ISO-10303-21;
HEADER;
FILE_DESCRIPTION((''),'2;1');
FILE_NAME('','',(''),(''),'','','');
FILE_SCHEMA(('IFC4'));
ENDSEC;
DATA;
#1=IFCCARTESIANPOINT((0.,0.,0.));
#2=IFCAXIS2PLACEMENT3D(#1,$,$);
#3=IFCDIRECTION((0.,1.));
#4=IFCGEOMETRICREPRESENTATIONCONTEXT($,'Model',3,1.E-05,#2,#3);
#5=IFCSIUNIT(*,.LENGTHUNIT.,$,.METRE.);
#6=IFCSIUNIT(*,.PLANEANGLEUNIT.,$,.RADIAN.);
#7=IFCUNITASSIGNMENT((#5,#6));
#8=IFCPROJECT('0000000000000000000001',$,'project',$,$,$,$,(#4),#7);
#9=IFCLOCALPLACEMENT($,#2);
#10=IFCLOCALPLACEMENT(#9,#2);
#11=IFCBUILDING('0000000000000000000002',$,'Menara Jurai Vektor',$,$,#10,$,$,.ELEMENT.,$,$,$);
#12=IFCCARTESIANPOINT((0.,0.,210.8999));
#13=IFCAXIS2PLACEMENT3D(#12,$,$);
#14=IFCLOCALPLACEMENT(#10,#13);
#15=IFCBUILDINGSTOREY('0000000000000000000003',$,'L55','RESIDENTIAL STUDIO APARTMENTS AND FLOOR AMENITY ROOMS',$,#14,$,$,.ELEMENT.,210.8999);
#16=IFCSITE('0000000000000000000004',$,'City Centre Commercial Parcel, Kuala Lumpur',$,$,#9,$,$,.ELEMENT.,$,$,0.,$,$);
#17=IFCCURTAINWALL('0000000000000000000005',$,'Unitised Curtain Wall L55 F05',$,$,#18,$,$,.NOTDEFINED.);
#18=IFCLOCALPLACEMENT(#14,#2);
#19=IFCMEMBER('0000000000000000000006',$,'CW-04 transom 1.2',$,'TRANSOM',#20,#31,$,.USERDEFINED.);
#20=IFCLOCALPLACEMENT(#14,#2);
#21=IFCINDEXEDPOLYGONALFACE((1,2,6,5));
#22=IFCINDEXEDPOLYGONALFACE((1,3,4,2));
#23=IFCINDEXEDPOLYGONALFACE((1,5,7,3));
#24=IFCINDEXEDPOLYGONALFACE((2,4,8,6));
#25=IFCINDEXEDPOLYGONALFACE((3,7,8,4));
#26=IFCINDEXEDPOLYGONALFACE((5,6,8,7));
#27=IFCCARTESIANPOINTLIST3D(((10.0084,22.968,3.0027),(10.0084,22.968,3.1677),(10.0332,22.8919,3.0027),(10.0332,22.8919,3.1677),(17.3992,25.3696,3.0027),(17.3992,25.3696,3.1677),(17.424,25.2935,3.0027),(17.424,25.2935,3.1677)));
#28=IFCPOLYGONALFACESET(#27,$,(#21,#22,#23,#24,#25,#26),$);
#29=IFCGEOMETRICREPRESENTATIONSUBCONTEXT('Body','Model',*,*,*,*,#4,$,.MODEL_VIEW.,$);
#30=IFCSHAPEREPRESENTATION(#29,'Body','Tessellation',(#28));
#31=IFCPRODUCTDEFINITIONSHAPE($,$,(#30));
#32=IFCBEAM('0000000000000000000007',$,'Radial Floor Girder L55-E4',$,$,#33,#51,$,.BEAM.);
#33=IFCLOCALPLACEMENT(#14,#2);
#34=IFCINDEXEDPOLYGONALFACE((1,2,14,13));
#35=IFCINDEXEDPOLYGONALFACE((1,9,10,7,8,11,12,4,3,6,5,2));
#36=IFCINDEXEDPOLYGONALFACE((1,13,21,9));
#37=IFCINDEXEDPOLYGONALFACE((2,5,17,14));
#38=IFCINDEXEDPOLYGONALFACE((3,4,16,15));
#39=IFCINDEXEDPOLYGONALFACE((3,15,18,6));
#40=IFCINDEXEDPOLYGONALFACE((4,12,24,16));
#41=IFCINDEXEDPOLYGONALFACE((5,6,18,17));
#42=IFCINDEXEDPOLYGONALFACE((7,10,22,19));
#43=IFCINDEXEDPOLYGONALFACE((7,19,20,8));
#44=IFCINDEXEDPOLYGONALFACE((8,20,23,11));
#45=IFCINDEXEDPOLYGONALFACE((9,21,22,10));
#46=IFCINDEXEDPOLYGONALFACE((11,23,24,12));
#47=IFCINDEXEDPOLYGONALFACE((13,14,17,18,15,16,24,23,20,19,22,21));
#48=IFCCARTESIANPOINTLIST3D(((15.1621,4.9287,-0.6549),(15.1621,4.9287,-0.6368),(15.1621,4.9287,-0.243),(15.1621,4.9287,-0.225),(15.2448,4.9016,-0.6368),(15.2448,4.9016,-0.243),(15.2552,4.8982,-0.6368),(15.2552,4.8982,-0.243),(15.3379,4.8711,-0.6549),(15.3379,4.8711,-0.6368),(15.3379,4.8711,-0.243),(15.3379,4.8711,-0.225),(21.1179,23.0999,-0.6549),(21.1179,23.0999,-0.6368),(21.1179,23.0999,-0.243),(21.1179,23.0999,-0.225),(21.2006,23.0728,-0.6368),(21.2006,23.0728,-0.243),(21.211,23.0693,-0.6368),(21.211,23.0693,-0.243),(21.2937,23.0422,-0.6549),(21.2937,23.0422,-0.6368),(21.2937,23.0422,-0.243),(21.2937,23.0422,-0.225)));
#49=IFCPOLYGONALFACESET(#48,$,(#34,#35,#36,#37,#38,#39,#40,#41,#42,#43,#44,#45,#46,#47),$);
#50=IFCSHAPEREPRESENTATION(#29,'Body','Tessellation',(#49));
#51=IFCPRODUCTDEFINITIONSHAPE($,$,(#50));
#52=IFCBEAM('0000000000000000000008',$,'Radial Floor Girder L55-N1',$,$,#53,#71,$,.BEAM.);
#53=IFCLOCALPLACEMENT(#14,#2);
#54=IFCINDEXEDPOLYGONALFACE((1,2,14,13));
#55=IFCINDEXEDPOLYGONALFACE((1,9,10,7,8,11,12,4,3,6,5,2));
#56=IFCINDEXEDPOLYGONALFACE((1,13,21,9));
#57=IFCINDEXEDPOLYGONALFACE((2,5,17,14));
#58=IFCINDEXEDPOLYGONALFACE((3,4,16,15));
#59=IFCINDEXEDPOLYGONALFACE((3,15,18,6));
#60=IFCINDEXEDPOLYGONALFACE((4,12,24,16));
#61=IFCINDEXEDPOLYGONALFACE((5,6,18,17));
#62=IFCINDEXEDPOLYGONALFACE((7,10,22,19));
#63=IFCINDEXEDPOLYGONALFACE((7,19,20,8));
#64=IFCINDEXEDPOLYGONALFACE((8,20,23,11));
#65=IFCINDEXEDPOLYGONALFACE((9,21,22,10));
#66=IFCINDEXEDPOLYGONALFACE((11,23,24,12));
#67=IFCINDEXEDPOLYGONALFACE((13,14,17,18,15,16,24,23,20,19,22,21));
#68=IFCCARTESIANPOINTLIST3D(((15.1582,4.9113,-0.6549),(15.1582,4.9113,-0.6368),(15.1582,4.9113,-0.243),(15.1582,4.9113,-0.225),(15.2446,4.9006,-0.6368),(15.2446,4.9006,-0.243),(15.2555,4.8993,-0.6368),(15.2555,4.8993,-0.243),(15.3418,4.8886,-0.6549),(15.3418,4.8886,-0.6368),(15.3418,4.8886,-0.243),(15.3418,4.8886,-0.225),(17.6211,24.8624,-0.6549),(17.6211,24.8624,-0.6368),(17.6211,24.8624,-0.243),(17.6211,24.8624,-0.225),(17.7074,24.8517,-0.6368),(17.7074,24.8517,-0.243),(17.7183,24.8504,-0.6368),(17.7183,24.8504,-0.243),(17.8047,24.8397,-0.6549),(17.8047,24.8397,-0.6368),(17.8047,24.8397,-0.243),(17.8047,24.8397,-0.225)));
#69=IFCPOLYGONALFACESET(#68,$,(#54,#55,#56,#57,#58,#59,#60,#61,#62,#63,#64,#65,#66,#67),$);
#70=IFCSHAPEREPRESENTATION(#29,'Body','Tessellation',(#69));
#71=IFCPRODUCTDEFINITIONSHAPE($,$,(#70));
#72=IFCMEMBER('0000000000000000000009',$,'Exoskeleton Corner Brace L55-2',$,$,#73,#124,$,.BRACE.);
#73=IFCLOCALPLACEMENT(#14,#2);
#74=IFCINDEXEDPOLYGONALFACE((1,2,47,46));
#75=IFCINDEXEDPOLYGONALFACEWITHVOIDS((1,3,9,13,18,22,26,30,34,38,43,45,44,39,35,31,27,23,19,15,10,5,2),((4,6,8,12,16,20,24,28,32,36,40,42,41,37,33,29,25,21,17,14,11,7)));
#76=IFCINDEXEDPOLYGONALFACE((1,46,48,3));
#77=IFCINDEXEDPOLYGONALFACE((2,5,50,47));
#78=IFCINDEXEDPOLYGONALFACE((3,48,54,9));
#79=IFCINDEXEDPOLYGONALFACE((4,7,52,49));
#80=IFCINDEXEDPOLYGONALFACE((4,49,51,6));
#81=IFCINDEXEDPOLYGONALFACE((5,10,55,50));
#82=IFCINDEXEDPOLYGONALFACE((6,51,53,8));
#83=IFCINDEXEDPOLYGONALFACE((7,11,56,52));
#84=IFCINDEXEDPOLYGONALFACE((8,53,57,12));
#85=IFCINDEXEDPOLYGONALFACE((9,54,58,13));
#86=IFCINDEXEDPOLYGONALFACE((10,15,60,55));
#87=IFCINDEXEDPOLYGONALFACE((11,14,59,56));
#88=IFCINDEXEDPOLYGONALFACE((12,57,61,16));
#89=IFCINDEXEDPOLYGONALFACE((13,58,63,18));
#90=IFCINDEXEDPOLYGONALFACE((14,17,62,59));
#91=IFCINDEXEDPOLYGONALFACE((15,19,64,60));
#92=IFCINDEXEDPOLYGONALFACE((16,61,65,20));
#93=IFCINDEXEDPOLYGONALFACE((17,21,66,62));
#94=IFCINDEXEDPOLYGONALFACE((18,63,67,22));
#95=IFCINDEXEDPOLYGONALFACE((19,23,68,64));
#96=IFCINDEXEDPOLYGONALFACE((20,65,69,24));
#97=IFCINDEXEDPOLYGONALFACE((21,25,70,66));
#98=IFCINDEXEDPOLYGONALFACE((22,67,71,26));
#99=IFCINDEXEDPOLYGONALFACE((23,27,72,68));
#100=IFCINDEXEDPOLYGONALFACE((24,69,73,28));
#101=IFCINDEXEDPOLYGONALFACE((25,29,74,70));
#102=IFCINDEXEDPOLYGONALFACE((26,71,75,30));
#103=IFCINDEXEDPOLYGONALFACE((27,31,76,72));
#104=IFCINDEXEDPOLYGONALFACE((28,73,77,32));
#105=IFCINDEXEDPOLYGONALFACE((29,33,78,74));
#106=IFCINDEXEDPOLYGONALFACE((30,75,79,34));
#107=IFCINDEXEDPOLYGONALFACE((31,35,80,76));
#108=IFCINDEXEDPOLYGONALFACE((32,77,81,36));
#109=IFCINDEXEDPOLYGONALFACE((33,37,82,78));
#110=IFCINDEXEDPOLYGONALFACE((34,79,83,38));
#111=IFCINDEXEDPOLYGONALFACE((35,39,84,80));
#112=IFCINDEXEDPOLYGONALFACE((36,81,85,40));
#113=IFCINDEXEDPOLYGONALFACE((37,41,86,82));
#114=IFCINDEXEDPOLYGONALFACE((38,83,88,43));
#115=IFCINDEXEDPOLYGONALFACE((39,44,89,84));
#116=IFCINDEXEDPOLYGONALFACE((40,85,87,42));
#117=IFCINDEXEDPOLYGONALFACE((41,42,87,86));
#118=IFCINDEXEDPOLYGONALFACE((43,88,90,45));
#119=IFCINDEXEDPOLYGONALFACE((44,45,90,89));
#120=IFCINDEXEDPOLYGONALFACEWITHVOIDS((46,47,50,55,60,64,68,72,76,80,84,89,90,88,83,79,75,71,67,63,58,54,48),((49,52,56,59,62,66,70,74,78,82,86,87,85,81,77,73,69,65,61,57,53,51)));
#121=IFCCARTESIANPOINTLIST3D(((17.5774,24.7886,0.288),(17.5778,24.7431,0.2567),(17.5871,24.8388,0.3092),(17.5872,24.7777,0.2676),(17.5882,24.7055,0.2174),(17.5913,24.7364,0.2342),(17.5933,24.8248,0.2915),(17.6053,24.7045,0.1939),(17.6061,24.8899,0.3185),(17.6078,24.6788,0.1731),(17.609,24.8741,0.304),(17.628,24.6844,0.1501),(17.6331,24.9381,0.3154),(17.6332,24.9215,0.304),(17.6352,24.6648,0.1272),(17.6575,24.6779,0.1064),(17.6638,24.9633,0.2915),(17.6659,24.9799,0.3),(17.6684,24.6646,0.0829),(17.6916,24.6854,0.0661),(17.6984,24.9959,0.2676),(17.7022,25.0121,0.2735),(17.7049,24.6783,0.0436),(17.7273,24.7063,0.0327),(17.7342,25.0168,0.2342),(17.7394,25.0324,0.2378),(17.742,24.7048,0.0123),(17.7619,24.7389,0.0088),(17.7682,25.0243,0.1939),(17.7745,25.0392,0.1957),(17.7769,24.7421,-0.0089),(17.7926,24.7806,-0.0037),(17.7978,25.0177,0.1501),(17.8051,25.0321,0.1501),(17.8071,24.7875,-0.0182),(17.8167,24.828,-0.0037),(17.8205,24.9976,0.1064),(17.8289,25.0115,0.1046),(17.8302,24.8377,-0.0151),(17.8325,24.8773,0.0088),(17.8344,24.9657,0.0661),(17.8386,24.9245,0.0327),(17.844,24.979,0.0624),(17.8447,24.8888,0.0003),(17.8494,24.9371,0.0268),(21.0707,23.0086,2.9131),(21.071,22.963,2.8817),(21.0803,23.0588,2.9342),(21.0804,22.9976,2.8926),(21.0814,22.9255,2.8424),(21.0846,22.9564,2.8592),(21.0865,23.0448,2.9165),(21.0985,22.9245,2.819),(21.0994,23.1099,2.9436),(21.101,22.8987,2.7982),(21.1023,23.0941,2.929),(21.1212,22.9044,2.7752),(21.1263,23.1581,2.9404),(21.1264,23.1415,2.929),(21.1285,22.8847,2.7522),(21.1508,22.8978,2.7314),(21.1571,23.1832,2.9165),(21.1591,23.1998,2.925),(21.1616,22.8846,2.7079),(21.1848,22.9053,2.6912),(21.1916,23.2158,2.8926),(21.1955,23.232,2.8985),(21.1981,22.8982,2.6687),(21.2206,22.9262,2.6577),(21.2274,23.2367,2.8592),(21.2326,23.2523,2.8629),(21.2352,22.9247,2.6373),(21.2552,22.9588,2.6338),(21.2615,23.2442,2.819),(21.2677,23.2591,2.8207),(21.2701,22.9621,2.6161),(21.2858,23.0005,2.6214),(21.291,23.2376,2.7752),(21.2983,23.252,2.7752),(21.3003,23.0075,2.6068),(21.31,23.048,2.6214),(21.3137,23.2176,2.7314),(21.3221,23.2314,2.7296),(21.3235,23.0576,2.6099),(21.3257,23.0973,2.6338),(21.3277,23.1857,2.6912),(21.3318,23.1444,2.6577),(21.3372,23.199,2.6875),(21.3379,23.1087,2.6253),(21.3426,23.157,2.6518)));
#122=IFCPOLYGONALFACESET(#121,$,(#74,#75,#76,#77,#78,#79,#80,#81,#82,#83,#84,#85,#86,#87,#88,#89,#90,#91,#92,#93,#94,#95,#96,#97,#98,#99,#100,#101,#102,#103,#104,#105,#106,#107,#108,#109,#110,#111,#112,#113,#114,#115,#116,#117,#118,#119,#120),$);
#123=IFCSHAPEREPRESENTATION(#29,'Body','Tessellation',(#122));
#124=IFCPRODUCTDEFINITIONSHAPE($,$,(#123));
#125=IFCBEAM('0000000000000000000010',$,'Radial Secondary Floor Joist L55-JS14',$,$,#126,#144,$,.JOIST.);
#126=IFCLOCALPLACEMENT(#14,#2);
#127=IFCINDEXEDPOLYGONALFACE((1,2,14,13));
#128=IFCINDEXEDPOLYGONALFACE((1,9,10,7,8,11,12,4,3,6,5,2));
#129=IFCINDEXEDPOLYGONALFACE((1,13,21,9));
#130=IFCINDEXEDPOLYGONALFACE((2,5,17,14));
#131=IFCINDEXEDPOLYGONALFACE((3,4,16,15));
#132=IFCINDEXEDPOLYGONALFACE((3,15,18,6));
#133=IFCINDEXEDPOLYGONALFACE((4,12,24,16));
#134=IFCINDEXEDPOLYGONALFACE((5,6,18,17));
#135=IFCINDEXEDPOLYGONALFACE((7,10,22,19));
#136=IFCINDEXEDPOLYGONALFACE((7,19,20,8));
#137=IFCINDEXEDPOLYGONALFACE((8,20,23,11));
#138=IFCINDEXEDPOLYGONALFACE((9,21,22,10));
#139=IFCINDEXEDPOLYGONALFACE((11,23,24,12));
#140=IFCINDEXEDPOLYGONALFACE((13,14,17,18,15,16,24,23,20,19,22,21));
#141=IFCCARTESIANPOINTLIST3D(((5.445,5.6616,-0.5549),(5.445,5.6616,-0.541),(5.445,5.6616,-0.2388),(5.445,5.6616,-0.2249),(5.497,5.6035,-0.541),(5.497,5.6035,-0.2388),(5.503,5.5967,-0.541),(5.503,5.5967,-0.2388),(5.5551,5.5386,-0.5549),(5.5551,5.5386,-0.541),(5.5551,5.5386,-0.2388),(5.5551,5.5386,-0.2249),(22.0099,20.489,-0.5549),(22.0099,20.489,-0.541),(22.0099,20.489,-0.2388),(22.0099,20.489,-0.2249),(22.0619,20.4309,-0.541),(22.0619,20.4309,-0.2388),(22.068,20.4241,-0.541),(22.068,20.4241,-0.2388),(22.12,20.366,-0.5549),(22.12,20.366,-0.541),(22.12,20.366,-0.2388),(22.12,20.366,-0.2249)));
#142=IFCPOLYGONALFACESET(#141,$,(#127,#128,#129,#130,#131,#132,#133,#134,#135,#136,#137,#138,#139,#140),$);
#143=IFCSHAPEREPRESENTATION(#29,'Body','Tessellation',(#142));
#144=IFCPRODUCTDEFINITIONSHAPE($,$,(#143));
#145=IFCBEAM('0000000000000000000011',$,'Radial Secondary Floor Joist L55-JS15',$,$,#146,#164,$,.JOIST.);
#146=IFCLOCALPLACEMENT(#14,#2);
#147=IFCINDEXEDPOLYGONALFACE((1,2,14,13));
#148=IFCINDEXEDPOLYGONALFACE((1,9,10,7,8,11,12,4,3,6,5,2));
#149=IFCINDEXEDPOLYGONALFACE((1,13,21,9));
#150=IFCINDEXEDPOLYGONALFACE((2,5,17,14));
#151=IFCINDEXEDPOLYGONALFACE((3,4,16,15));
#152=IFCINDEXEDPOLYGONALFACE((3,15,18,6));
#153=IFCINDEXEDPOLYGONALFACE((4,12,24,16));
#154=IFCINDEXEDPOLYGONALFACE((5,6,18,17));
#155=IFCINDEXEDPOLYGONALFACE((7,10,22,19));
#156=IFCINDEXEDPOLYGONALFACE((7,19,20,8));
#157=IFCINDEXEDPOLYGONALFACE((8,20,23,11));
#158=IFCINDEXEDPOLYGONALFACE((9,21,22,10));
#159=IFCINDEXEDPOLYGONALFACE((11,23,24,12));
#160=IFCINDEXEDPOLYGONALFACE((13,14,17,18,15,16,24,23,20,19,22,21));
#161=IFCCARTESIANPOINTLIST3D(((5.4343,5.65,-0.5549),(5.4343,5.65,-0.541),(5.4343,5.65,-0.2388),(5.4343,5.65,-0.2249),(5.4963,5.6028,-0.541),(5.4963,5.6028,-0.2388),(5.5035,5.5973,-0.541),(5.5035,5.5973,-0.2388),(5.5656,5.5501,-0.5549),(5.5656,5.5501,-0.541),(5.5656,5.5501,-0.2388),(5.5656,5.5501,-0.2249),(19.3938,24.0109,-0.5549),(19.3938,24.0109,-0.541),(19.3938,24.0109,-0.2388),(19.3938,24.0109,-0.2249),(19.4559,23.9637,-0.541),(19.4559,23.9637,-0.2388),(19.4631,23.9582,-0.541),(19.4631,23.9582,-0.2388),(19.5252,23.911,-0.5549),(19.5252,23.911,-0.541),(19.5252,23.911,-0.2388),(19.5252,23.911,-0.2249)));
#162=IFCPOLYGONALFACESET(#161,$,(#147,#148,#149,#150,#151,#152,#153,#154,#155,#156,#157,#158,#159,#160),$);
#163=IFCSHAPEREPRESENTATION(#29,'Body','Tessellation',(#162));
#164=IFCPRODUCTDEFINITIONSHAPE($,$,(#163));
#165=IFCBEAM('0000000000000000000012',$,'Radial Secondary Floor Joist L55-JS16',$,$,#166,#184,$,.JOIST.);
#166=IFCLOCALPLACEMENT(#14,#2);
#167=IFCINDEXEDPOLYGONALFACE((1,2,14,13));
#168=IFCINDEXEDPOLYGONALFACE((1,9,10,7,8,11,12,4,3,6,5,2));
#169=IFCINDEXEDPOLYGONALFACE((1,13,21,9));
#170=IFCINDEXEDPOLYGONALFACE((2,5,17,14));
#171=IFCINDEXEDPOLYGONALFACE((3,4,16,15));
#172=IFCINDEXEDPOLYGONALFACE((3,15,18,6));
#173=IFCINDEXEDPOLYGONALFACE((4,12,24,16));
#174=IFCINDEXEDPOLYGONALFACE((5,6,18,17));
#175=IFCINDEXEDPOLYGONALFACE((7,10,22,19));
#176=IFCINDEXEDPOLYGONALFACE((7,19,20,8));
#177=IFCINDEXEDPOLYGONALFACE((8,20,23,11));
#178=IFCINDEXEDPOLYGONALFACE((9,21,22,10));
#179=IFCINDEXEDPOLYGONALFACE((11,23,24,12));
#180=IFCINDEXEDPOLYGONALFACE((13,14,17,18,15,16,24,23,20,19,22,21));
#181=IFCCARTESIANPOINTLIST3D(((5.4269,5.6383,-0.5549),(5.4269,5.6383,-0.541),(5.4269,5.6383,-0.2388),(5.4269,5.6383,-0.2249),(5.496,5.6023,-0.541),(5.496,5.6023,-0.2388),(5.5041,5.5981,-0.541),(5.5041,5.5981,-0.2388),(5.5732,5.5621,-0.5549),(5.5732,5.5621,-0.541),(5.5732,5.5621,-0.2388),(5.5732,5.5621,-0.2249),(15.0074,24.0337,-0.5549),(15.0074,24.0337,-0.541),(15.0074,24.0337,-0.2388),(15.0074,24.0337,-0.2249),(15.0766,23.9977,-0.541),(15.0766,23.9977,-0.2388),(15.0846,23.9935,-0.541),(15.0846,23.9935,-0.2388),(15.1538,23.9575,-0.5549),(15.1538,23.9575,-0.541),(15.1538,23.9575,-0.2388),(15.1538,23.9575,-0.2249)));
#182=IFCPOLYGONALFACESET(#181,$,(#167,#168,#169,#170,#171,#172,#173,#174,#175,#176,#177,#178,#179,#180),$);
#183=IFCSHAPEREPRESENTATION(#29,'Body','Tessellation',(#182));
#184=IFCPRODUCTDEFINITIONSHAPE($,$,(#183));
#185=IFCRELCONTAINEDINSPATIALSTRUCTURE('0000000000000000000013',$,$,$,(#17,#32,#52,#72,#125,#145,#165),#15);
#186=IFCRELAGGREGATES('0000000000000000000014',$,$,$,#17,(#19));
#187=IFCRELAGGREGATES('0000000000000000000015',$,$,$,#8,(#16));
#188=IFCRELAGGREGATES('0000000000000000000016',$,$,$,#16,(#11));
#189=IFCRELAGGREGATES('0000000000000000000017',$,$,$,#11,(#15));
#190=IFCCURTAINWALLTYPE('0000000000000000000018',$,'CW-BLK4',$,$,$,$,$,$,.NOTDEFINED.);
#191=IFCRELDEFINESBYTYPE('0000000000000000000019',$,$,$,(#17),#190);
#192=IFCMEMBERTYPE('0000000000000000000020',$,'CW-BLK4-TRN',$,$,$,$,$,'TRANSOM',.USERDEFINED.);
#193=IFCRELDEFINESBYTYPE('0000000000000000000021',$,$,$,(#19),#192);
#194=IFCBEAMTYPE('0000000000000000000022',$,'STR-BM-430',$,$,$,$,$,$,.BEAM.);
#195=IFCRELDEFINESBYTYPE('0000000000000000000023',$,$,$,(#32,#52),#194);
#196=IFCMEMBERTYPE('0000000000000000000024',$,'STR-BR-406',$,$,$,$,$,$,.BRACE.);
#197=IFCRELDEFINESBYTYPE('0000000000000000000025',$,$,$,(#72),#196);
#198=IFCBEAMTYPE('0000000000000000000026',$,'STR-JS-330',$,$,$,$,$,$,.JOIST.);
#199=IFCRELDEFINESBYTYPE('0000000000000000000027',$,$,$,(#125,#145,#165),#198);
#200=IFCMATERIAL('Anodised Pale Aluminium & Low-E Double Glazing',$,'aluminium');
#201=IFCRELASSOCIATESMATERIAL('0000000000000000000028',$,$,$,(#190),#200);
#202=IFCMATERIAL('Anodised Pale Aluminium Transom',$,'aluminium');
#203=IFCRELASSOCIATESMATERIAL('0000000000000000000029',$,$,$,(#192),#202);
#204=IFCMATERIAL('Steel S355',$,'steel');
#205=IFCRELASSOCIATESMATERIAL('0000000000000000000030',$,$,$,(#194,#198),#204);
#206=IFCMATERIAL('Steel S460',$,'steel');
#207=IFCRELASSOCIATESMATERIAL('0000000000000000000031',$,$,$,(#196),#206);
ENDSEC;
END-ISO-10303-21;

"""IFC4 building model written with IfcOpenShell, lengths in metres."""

from ifc_helpers import new_model, si_unit, direction, frame, origin, origin_2d, place, context, subcontext, project, spatial, rectangle, hollow_circle, i_section, extrude, material, material_profile, profile_set, type_object, element, aggregate, save


model = new_model("IFC4")

# Units and contexts
model_context = context("Model", 3, precision=1e-05, world=origin(), true_north=direction((0.0, 1.0)))
body_context = subcontext(model_context, "Body", "Model", "MODEL_VIEW")
ifc_project = project(units=[si_unit("LENGTHUNIT", "METRE"), si_unit("PLANEANGLEUNIT", "RADIAN")], contexts=[model_context])

# Site, building, storey
site_placement = place(None, origin())
site = spatial("IfcSite", under=ifc_project, at=site_placement, Name="City Centre Commercial Parcel, Kuala Lumpur", CompositionType="ELEMENT", RefElevation=0.0)
building_placement = place(site_placement, origin())
building = spatial("IfcBuilding", under=site, at=building_placement, Name="Menara Jurai Vektor", CompositionType="ELEMENT")
storey_placement = place(building_placement, frame((0.0, 0.0, 210.8999)))
storey = spatial("IfcBuildingStorey", under=building, at=storey_placement, Name="L55", Description="RESIDENTIAL STUDIO APARTMENTS AND FLOOR AMENITY ROOMS", CompositionType="ELEMENT", Elevation=210.8999)

# Shared definitions
ifc_material_1 = material(Name="Steel S460", Category="steel")

# Shared definitions
ifc_material_2 = material(Name="Anodised Pale Aluminium & Low-E Double Glazing", Category="aluminium")
curtain_wall_type = type_object("IfcCurtainWallType", Name="CW-BLK4", PredefinedType="NOTDEFINED", material=ifc_material_2)

# Curtain wall
curtain_wall_1_placement = place(storey_placement, origin())
curtain_wall_1 = element("IfcCurtainWall", 1, at=curtain_wall_1_placement, inside=storey, type_object=curtain_wall_type, Name="Unitised Curtain Wall L55 F05", PredefinedType="NOTDEFINED")

# Member
ifc_material_3 = material(Name="Anodised Pale Aluminium Transom", Category="aluminium")
ifc_material_profile_1 = material_profile(ifc_material_3, rectangle(XDim=0.0801, YDim=0.165, at=origin_2d()), Name="ALU TRN 80x165")
ifc_profile_set_1 = profile_set([ifc_material_profile_1], Name="Anodised Pale Aluminium Transom")
member_type_1 = type_object("IfcMemberType", Name="CW-BLK4-TRN", ElementType="TRANSOM", PredefinedType="USERDEFINED", material=ifc_profile_set_1)
member_1_placement = place(storey_placement, frame((17.4116, 25.3315, 3.0852), z_axis=(-0.95105, -0.309037, 0.0), x_axis=(0.309037, -0.95105, 0.0)))
member_1 = element("IfcMember", 2, at=member_1_placement, type_object=member_type_1, Name="CW-04 transom 1.2", ObjectType="TRANSOM", PredefinedType="USERDEFINED", context=body_context, shape_type="SweptSolid", body=[
    extrude(rectangle(XDim=0.0801, YDim=0.165, at=origin_2d()), origin(), (0.0, 0.0, 1.0), 7.7712),
])

# Beams
ifc_material_4 = material(Name="Steel S355", Category="steel")
ifc_material_profile_2 = material_profile(ifc_material_4, i_section(OverallWidth=0.1851, OverallDepth=0.4299, WebThickness=0.011, FlangeThickness=0.0181, at=origin_2d()), Name="PG 430x185x76")
ifc_profile_set_2 = profile_set([ifc_material_profile_2], Name="Steel S355")
beam_type_1 = type_object("IfcBeamType", Name="STR-BM-430", PredefinedType="BEAM", material=ifc_profile_set_2)
beam_1_placement = place(storey_placement, frame((21.2058, 23.071, -0.4399), z_axis=(-0.311459, -0.95026, 0.0), x_axis=(0.95026, -0.311459, 0.0)))
element("IfcBeam", 3, at=beam_1_placement, inside=storey, type_object=beam_type_1, Name="Radial Floor Girder L55-E4", PredefinedType="BEAM", context=body_context, shape_type="SweptSolid", body=[
    extrude(i_section(OverallWidth=0.1851, OverallDepth=0.4299, WebThickness=0.011, FlangeThickness=0.0181, at=origin_2d()), origin(), (0.0, 0.0, 1.0), 19.1223),
])
beam_2_placement = place(storey_placement, frame((17.7129, 24.8511, -0.4399), z_axis=(-0.122516, -0.992467, 0.0), x_axis=(0.992467, -0.122516, 0.0)))
element("IfcBeam", 4, at=beam_2_placement, inside=storey, type_object=beam_type_1, Name="Radial Floor Girder L55-N1", PredefinedType="BEAM", context=body_context, shape_type="SweptSolid", body=[
    extrude(i_section(OverallWidth=0.1851, OverallDepth=0.4299, WebThickness=0.011, FlangeThickness=0.0181, at=origin_2d()), origin(), (0.0, 0.0, 1.0), 20.1025),
])

# Member
ifc_material_profile_3 = material_profile(ifc_material_1, hollow_circle(Radius=0.2031, WallThickness=0.0161, at=origin_2d()), Name="CHS 406.4x16")
ifc_profile_set_3 = profile_set([ifc_material_profile_3], Name="Steel S460")
member_type_2 = type_object("IfcMemberType", Name="STR-BR-406", PredefinedType="BRACE", material=ifc_profile_set_3)
member_2_placement = place(storey_placement, frame((17.7129, 24.8511, 0.1501), z_axis=(0.740361, -0.377269, 0.556357), x_axis=(0.454026, 0.890989, 0.0)))
element("IfcMember", 5, at=member_2_placement, inside=storey, type_object=member_type_2, Name="Exoskeleton Corner Brace L55-2", PredefinedType="BRACE", context=body_context, shape_type="SweptSolid", body=[
    extrude(hollow_circle(Radius=0.2031, WallThickness=0.0161, at=origin_2d()), origin(), (0.0, 0.0, 1.0), 4.7183),
])

# Beams
ifc_material_profile_4 = material_profile(ifc_material_4, i_section(OverallWidth=0.165, OverallDepth=0.3301, WebThickness=0.009, FlangeThickness=0.0139, at=origin_2d()), Name="PG 330x165x46")
ifc_profile_set_4 = profile_set([ifc_material_profile_4], Name="Steel S355")
beam_type_2 = type_object("IfcBeamType", Name="STR-JS-330", PredefinedType="JOIST", material=ifc_profile_set_4)
beam_3_placement = place(storey_placement, frame((22.0649, 20.4275, -0.3899), z_axis=(-0.745104, -0.666948, 0.0), x_axis=(0.666948, -0.745104, 0.0)))
element("IfcBeam", 6, at=beam_3_placement, inside=storey, type_object=beam_type_2, Name="Radial Secondary Floor Joist L55-JS14", PredefinedType="JOIST", context=body_context, shape_type="SweptSolid", body=[
    extrude(i_section(OverallWidth=0.165, OverallDepth=0.3301, WebThickness=0.009, FlangeThickness=0.0139, at=origin_2d()), origin(), (0.0, 0.0, 1.0), 22.2317),
])
beam_4_placement = place(storey_placement, frame((19.4595, 23.9609, -0.3899), z_axis=(-0.605227, -0.796053, 0.0), x_axis=(0.796053, -0.605227, 0.0)))
element("IfcBeam", 7, at=beam_4_placement, inside=storey, type_object=beam_type_2, Name="Radial Secondary Floor Joist L55-JS15", PredefinedType="JOIST", context=body_context, shape_type="SweptSolid", body=[
    extrude(i_section(OverallWidth=0.165, OverallDepth=0.3301, WebThickness=0.009, FlangeThickness=0.0139, at=origin_2d()), origin(), (0.0, 0.0, 1.0), 23.0649),
])
beam_5_placement = place(storey_placement, frame((15.0806, 23.9956, -0.3899), z_axis=(-0.461918, -0.886923, 0.0), x_axis=(0.886923, -0.461918, 0.0)))
element("IfcBeam", 8, at=beam_5_placement, inside=storey, type_object=beam_type_2, Name="Radial Secondary Floor Joist L55-JS16", PredefinedType="JOIST", context=body_context, shape_type="SweptSolid", body=[
    extrude(i_section(OverallWidth=0.165, OverallDepth=0.3301, WebThickness=0.009, FlangeThickness=0.0139, at=origin_2d()), origin(), (0.0, 0.0, 1.0), 20.7407),
])

aggregate(curtain_wall_1, [member_1])

save(model, "model.ifc")
